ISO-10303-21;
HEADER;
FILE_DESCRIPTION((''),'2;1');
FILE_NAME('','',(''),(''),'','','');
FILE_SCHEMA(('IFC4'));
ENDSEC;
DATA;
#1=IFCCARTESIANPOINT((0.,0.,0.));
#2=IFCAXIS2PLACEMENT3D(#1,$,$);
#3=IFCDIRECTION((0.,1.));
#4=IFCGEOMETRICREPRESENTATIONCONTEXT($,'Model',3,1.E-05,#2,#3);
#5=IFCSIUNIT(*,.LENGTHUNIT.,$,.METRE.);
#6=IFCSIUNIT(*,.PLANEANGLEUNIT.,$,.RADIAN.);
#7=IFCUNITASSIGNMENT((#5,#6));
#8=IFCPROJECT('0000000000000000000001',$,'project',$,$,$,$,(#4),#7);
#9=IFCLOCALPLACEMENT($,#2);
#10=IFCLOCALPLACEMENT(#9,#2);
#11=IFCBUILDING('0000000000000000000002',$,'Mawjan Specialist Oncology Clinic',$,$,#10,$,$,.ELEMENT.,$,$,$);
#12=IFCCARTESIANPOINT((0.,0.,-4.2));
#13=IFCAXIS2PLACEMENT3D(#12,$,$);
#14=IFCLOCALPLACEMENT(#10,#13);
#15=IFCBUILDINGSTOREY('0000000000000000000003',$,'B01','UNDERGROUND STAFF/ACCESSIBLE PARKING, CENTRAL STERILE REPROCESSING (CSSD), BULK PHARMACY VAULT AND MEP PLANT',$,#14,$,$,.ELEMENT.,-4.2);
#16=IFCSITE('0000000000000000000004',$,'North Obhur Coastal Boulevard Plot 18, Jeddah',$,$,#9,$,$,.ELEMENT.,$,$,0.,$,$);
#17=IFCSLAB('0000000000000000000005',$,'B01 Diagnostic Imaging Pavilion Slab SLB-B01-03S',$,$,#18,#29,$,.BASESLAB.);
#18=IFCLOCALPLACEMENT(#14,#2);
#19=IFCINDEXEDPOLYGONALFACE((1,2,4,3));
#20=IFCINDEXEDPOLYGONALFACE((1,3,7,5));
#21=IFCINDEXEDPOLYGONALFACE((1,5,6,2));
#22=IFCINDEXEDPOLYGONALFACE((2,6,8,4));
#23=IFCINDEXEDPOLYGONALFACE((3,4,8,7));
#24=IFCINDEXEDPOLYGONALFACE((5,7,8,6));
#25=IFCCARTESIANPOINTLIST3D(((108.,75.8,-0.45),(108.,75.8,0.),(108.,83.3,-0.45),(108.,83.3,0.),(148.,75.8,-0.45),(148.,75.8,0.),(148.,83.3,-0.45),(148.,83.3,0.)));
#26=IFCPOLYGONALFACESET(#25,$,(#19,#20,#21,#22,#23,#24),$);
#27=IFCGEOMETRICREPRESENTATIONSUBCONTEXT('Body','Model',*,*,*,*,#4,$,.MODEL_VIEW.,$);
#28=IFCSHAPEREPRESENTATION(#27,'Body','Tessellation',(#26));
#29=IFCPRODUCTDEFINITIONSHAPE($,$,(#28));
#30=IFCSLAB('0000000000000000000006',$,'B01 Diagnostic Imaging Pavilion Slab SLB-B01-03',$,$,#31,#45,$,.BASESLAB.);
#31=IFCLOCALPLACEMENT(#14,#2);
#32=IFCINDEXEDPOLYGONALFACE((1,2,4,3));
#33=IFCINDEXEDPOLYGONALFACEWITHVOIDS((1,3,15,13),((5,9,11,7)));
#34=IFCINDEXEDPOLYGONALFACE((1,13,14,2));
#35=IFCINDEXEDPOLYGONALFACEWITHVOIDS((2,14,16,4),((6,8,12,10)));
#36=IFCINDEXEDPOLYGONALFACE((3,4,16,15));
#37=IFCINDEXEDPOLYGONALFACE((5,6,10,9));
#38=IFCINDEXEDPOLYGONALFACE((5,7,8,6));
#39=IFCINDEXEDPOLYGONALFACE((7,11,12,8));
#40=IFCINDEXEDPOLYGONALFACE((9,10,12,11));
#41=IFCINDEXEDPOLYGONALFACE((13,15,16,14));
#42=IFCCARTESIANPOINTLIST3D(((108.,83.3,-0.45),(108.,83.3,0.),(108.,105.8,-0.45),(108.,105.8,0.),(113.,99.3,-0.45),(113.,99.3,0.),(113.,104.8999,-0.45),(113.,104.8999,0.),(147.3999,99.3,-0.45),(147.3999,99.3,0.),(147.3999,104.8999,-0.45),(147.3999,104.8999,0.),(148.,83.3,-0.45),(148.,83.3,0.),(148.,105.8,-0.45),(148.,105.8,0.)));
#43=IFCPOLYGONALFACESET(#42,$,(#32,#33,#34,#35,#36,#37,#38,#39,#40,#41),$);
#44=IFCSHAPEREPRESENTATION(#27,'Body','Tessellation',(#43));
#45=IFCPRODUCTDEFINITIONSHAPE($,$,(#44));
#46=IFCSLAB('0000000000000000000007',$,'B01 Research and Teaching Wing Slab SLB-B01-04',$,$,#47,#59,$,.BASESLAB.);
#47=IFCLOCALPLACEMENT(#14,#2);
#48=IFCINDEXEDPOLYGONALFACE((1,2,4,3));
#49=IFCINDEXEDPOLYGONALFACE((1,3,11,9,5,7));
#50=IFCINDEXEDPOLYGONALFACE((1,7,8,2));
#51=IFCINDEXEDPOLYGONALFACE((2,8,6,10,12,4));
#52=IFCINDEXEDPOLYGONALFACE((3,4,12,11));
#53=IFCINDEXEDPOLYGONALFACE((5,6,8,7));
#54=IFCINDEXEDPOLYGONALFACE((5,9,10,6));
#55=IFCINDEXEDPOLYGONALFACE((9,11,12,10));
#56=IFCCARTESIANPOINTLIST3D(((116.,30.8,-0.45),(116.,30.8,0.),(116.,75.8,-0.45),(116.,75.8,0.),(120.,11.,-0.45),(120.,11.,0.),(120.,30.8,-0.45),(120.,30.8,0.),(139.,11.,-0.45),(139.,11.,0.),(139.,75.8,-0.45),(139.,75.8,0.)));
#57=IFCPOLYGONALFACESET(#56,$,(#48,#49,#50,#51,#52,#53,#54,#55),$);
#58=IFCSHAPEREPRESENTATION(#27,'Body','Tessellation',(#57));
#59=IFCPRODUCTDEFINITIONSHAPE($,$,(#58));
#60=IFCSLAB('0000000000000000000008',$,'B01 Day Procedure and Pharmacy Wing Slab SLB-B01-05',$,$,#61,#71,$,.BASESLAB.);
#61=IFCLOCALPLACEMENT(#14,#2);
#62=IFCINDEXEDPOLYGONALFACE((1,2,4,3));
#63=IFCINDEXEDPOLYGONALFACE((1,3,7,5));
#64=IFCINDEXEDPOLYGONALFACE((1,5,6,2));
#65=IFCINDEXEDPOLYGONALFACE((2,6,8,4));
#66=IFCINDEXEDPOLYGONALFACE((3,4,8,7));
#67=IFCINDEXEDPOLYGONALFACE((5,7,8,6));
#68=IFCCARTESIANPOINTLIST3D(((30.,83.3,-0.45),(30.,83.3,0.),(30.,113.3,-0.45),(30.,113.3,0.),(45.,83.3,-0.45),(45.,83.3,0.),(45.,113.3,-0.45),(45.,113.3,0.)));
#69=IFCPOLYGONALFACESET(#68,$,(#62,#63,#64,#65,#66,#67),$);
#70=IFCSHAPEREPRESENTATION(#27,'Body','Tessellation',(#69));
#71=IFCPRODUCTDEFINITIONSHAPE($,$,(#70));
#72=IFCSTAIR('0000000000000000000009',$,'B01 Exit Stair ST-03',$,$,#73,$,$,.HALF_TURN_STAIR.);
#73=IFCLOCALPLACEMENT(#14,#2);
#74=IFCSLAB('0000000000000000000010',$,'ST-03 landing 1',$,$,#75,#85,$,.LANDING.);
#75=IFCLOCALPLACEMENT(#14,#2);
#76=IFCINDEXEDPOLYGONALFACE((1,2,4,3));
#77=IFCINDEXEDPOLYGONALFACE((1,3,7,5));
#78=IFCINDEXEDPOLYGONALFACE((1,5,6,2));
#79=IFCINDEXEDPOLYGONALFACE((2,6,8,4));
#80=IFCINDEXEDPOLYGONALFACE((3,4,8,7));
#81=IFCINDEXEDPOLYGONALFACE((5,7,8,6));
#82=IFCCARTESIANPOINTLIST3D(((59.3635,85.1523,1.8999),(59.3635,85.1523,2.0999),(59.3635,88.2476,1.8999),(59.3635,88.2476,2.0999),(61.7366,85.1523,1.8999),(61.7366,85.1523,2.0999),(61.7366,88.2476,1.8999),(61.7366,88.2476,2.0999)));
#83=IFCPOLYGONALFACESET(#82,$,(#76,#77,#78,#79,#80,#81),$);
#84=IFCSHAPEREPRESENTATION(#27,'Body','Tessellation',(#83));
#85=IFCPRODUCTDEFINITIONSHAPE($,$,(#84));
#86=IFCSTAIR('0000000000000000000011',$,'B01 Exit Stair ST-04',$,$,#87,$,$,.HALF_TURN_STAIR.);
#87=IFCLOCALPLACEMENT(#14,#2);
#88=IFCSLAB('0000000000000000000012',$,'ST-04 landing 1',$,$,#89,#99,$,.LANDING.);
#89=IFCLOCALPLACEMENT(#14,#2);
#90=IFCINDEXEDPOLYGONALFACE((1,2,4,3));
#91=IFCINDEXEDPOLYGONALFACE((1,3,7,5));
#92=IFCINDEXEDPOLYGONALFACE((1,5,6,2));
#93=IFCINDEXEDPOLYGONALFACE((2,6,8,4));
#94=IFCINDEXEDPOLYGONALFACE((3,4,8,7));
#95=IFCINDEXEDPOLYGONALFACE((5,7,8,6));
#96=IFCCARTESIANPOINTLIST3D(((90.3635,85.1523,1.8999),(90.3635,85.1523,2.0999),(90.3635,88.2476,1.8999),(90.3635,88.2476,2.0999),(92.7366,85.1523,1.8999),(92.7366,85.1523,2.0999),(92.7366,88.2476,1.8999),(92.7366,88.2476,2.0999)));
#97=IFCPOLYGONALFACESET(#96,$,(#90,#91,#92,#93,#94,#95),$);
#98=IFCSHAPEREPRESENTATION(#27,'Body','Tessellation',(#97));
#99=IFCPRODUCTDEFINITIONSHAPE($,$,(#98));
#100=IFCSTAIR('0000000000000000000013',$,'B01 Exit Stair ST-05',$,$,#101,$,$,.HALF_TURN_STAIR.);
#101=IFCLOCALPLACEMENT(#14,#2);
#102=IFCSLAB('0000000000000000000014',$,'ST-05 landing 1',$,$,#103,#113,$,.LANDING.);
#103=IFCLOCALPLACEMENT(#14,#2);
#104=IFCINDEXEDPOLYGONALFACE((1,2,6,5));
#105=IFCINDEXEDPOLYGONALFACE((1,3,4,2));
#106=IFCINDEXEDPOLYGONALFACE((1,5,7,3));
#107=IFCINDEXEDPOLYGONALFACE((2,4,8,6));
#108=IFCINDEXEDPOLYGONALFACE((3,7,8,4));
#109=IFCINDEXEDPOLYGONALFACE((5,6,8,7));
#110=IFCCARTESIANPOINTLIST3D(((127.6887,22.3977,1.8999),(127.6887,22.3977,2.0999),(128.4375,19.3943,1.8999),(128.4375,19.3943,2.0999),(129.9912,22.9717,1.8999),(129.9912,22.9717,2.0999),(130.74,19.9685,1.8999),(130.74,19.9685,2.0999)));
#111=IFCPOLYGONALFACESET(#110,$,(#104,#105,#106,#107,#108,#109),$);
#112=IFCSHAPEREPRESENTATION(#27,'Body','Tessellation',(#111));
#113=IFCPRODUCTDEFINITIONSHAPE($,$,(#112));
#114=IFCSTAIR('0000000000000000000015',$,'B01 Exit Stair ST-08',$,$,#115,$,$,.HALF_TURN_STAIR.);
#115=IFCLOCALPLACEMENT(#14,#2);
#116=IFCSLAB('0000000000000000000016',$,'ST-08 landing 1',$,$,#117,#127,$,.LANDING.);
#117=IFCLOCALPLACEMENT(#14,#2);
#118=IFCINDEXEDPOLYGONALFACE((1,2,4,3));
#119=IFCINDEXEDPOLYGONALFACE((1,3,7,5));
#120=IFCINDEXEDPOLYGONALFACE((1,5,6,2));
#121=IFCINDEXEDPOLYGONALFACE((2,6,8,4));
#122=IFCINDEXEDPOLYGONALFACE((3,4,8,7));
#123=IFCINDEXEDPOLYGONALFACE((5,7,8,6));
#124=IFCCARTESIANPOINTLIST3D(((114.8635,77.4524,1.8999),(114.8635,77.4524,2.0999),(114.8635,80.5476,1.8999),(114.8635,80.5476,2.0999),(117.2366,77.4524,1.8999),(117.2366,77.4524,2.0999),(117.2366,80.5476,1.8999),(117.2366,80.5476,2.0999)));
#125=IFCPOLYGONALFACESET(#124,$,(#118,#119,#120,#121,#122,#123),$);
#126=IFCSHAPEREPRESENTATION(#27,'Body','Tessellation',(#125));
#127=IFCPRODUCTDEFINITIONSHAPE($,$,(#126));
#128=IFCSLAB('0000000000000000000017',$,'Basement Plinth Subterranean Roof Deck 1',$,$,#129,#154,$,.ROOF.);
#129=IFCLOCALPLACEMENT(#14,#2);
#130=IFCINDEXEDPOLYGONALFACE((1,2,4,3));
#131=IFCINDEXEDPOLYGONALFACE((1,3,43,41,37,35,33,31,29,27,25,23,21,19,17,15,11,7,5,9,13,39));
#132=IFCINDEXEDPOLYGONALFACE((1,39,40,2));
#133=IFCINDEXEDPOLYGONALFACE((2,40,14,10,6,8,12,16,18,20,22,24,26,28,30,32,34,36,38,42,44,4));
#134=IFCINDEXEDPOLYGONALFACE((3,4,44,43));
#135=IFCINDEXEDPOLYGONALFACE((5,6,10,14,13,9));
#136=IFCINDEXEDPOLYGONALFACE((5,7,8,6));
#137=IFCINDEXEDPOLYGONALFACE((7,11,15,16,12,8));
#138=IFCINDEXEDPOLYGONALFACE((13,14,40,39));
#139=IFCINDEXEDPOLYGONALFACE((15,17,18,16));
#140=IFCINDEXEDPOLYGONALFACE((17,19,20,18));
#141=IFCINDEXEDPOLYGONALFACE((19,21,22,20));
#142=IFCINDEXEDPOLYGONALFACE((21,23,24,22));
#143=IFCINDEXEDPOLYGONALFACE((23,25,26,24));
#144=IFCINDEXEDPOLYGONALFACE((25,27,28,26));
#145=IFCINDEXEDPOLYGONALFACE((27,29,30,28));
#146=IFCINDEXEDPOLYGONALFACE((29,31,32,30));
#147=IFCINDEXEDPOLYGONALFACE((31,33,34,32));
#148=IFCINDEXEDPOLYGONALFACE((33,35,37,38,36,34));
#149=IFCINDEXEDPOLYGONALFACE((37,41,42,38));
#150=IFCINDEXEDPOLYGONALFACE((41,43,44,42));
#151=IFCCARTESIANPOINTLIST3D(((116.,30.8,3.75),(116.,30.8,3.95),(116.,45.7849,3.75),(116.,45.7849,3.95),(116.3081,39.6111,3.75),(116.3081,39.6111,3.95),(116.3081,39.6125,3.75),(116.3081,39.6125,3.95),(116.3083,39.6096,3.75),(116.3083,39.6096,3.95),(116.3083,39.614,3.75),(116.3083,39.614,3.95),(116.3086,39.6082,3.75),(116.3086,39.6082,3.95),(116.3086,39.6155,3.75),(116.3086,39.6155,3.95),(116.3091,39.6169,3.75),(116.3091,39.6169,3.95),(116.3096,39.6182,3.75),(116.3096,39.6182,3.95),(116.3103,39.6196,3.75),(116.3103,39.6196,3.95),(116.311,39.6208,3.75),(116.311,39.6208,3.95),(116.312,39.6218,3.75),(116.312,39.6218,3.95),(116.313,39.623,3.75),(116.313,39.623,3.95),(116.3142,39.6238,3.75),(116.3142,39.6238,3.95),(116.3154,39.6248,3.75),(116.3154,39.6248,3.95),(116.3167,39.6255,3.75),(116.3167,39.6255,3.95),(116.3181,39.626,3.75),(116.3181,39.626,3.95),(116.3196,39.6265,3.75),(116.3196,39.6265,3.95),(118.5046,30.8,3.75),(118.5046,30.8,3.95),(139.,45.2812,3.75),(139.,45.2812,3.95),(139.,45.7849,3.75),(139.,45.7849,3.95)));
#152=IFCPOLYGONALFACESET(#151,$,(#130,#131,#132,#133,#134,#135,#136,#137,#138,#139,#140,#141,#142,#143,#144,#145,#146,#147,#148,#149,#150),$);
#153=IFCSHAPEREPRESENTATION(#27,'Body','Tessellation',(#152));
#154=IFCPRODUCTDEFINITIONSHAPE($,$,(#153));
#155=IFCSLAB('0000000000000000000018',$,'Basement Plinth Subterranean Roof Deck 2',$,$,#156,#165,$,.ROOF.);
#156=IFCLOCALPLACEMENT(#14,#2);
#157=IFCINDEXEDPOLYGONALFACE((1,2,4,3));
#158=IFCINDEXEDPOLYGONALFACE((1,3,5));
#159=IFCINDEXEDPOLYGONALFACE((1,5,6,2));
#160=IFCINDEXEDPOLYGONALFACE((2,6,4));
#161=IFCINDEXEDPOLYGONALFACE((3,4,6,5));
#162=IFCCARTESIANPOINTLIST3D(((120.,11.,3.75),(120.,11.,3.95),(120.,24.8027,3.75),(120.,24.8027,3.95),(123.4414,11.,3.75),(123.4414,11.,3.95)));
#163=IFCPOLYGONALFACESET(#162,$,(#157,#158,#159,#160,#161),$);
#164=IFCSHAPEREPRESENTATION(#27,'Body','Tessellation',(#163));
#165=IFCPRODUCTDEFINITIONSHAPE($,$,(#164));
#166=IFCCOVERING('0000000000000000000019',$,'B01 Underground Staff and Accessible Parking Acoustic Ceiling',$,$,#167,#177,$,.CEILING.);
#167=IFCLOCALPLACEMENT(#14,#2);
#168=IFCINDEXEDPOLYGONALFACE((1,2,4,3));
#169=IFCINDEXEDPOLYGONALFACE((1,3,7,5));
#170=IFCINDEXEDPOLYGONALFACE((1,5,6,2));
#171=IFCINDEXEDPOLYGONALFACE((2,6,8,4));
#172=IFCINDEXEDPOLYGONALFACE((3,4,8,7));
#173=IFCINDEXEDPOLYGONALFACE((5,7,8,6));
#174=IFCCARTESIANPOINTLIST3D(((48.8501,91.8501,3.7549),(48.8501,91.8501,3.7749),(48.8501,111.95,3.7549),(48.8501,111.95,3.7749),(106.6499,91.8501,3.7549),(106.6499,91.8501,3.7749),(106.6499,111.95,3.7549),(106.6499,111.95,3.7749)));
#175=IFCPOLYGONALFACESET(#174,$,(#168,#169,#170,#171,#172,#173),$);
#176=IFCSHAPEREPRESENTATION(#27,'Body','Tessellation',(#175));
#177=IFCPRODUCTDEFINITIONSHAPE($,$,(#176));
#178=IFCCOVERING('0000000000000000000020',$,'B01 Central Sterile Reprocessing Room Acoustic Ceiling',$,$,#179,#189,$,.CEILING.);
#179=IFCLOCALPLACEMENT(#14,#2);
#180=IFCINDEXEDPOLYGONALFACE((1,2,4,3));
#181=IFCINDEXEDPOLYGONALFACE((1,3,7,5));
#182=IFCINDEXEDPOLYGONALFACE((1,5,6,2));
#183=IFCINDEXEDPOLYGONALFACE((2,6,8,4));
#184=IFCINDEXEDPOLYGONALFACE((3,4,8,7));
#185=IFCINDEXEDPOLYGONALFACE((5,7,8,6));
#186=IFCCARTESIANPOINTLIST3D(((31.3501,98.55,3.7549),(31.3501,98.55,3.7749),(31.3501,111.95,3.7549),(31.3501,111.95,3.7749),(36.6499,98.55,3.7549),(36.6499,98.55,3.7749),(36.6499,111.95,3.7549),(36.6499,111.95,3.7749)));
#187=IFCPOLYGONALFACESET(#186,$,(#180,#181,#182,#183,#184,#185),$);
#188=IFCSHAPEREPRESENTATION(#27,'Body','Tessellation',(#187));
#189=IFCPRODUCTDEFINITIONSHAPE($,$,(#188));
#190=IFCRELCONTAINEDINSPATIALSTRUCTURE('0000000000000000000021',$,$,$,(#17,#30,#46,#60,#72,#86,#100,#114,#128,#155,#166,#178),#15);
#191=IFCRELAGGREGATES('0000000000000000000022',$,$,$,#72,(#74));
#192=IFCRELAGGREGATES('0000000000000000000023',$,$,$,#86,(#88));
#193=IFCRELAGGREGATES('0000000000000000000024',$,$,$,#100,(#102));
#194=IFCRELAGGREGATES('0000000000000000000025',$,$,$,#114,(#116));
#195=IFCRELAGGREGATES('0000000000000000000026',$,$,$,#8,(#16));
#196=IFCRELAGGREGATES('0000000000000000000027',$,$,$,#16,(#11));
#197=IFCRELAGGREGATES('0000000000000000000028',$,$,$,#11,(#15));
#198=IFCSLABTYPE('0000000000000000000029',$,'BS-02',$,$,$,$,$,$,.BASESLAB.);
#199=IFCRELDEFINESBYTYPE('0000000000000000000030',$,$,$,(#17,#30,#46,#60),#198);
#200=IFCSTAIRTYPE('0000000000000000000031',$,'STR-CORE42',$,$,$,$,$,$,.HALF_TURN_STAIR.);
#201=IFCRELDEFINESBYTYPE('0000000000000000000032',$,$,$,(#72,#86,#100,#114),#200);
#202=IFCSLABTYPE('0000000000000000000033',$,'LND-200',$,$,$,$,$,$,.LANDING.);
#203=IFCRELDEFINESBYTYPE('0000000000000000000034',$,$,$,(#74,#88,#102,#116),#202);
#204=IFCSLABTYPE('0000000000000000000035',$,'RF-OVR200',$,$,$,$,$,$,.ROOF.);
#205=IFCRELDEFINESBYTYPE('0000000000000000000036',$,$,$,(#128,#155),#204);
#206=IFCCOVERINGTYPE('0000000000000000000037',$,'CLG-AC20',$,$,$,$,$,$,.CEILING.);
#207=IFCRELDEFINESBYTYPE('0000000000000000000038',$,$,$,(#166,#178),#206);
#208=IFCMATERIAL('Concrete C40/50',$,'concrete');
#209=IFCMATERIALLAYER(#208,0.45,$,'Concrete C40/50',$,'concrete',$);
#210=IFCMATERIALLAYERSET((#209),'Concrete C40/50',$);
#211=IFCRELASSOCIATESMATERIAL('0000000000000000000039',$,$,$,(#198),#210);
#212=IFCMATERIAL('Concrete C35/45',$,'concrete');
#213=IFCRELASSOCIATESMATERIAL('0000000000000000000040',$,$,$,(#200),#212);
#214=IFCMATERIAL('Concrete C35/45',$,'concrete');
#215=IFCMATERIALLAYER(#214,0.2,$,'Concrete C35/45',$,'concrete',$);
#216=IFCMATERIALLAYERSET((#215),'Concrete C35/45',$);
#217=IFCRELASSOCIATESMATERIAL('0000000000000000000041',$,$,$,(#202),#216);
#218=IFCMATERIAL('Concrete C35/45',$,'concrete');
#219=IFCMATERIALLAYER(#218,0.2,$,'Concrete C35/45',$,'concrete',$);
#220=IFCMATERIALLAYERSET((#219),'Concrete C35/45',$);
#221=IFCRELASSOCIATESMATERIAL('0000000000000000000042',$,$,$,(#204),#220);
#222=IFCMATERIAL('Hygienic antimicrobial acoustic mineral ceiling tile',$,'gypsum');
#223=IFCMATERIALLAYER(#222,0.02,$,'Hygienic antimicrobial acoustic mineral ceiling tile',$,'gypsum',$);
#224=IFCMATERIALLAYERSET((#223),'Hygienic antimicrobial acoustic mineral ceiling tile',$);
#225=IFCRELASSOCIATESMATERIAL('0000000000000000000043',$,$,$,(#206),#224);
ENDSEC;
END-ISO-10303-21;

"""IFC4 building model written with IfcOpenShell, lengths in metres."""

from ifc_helpers import new_model, si_unit, direction, frame, origin, place, context, subcontext, project, spatial, polyline, outline, extrude, material, layer, layer_set, type_object, element, aggregate, save


model = new_model("IFC4")

# Units and contexts
model_context = context("Model", 3, precision=1e-05, world=origin(), true_north=direction((0.0, 1.0)))
body_context = subcontext(model_context, "Body", "Model", "MODEL_VIEW")
ifc_project = project(units=[si_unit("LENGTHUNIT", "METRE"), si_unit("PLANEANGLEUNIT", "RADIAN")], contexts=[model_context])

# Site, building, storey
site_placement = place(None, origin())
site = spatial("IfcSite", under=ifc_project, at=site_placement, Name="North Obhur Coastal Boulevard Plot 18, Jeddah", CompositionType="ELEMENT", RefElevation=0.0)
building_placement = place(site_placement, origin())
building = spatial("IfcBuilding", under=site, at=building_placement, Name="Mawjan Specialist Oncology Clinic", CompositionType="ELEMENT")
storey_placement = place(building_placement, frame((0.0, 0.0, -4.2)))
storey = spatial("IfcBuildingStorey", under=building, at=storey_placement, Name="B01", Description="UNDERGROUND STAFF/ACCESSIBLE PARKING, CENTRAL STERILE REPROCESSING (CSSD), BULK PHARMACY VAULT AND MEP PLANT", CompositionType="ELEMENT", Elevation=-4.2)

# Slabs
ifc_material_1 = material(Name="Concrete C40/50", Category="concrete")
ifc_layer_1 = layer(ifc_material_1, 0.45, Name="Concrete C40/50", Category="concrete")
ifc_layer_set_1 = layer_set([ifc_layer_1], Name="Concrete C40/50")
slab_type_1 = type_object("IfcSlabType", Name="BS-02", PredefinedType="BASESLAB", material=ifc_layer_set_1)
slab_1_placement = place(storey_placement, frame((0.0, 0.0, -0.45)))
element("IfcSlab", 1, at=slab_1_placement, inside=storey, type_object=slab_type_1, Name="B01 Diagnostic Imaging Pavilion Slab SLB-B01-03S", PredefinedType="BASESLAB", context=body_context, shape_type="SweptSolid", body=[
    extrude(outline(polyline([(108.0, 75.8), (148.0, 75.8), (148.0, 83.3), (108.0, 83.3), (108.0, 75.8)])), origin(), (0.0, 0.0, 1.0), 0.45),
])
slab_2_placement = place(storey_placement, frame((0.0, 0.0, -0.45)))
element("IfcSlab", 2, at=slab_2_placement, inside=storey, type_object=slab_type_1, Name="B01 Diagnostic Imaging Pavilion Slab SLB-B01-03", PredefinedType="BASESLAB", context=body_context, shape_type="SweptSolid", body=[
    extrude(outline(polyline([(108.0, 83.3), (148.0, 83.3), (148.0, 105.8), (108.0, 105.8), (108.0, 83.3)]), holes=[polyline([(113.0, 99.3), (147.3999, 99.3), (147.3999, 104.8999), (113.0, 104.8999), (113.0, 99.3)])]), origin(), (0.0, 0.0, 1.0), 0.45),
])
slab_3_placement = place(storey_placement, frame((0.0, 0.0, -0.45)))
element("IfcSlab", 3, at=slab_3_placement, inside=storey, type_object=slab_type_1, Name="B01 Research and Teaching Wing Slab SLB-B01-04", PredefinedType="BASESLAB", context=body_context, shape_type="SweptSolid", body=[
    extrude(outline(polyline([(116.0, 30.8), (120.0, 30.8), (120.0, 11.0), (139.0, 11.0), (139.0, 75.8), (116.0, 75.8), (116.0, 30.8)])), origin(), (0.0, 0.0, 1.0), 0.45),
])
slab_4_placement = place(storey_placement, frame((0.0, 0.0, -0.45)))
element("IfcSlab", 4, at=slab_4_placement, inside=storey, type_object=slab_type_1, Name="B01 Day Procedure and Pharmacy Wing Slab SLB-B01-05", PredefinedType="BASESLAB", context=body_context, shape_type="SweptSolid", body=[
    extrude(outline(polyline([(30.0, 83.3), (45.0, 83.3), (45.0, 113.3), (30.0, 113.3), (30.0, 83.3)])), origin(), (0.0, 0.0, 1.0), 0.45),
])

# Stairs, slabs
ifc_material_2 = material(Name="Concrete C35/45", Category="concrete")
stair_type = type_object("IfcStairType", Name="STR-CORE42", PredefinedType="HALF_TURN_STAIR", material=ifc_material_2)
stair_1_placement = place(storey_placement, origin())
stair_1 = element("IfcStair", 5, at=stair_1_placement, inside=storey, type_object=stair_type, Name="B01 Exit Stair ST-03", PredefinedType="HALF_TURN_STAIR")
ifc_material_3 = material(Name="Concrete C35/45", Category="concrete")
ifc_layer_2 = layer(ifc_material_3, 0.2, Name="Concrete C35/45", Category="concrete")
ifc_layer_set_2 = layer_set([ifc_layer_2], Name="Concrete C35/45")
slab_type_2 = type_object("IfcSlabType", Name="LND-200", PredefinedType="LANDING", material=ifc_layer_set_2)
slab_5_placement = place(storey_placement, frame((0.0, 0.0, 1.8999)))
slab_5 = element("IfcSlab", 6, at=slab_5_placement, type_object=slab_type_2, Name="ST-03 landing 1", PredefinedType="LANDING", context=body_context, shape_type="SweptSolid", body=[
    extrude(outline(polyline([(59.3635, 85.1523), (61.7366, 85.1523), (61.7366, 88.2476), (59.3635, 88.2476), (59.3635, 85.1523)])), origin(), (0.0, 0.0, 1.0), 0.2),
])
aggregate(stair_1, [slab_5])
stair_2_placement = place(storey_placement, origin())
stair_2 = element("IfcStair", 7, at=stair_2_placement, inside=storey, type_object=stair_type, Name="B01 Exit Stair ST-04", PredefinedType="HALF_TURN_STAIR")
slab_6_placement = place(storey_placement, frame((0.0, 0.0, 1.8999)))
slab_6 = element("IfcSlab", 8, at=slab_6_placement, type_object=slab_type_2, Name="ST-04 landing 1", PredefinedType="LANDING", context=body_context, shape_type="SweptSolid", body=[
    extrude(outline(polyline([(90.3635, 85.1523), (92.7366, 85.1523), (92.7366, 88.2476), (90.3635, 88.2476), (90.3635, 85.1523)])), origin(), (0.0, 0.0, 1.0), 0.2),
])
aggregate(stair_2, [slab_6])
stair_3_placement = place(storey_placement, origin())
stair_3 = element("IfcStair", 9, at=stair_3_placement, inside=storey, type_object=stair_type, Name="B01 Exit Stair ST-05", PredefinedType="HALF_TURN_STAIR")
slab_7_placement = place(storey_placement, frame((0.0, 0.0, 1.8999)))
slab_7 = element("IfcSlab", 10, at=slab_7_placement, type_object=slab_type_2, Name="ST-05 landing 1", PredefinedType="LANDING", context=body_context, shape_type="SweptSolid", body=[
    extrude(outline(polyline([(128.4375, 19.3943), (130.74, 19.9685), (129.9912, 22.9717), (127.6887, 22.3977), (128.4375, 19.3943)])), origin(), (0.0, 0.0, 1.0), 0.2),
])
aggregate(stair_3, [slab_7])
stair_4_placement = place(storey_placement, origin())
stair_4 = element("IfcStair", 11, at=stair_4_placement, inside=storey, type_object=stair_type, Name="B01 Exit Stair ST-08", PredefinedType="HALF_TURN_STAIR")
slab_8_placement = place(storey_placement, frame((0.0, 0.0, 1.8999)))
slab_8 = element("IfcSlab", 12, at=slab_8_placement, type_object=slab_type_2, Name="ST-08 landing 1", PredefinedType="LANDING", context=body_context, shape_type="SweptSolid", body=[
    extrude(outline(polyline([(114.8635, 77.4524), (117.2366, 77.4524), (117.2366, 80.5476), (114.8635, 80.5476), (114.8635, 77.4524)])), origin(), (0.0, 0.0, 1.0), 0.2),
])
aggregate(stair_4, [slab_8])

# Slabs
ifc_material_4 = material(Name="Concrete C35/45", Category="concrete")
ifc_layer_3 = layer(ifc_material_4, 0.2, Name="Concrete C35/45", Category="concrete")
ifc_layer_set_3 = layer_set([ifc_layer_3], Name="Concrete C35/45")
slab_type_3 = type_object("IfcSlabType", Name="RF-OVR200", PredefinedType="ROOF", material=ifc_layer_set_3)
slab_9_placement = place(storey_placement, frame((0.0, 0.0, 3.75)))
element("IfcSlab", 13, at=slab_9_placement, inside=storey, type_object=slab_type_3, Name="Basement Plinth Subterranean Roof Deck 1", PredefinedType="ROOF", context=body_context, shape_type="SweptSolid", body=[
    extrude(outline(polyline([(116.0, 30.8), (116.0, 45.7849), (139.0, 45.7849), (139.0, 45.2812), (116.3196, 39.6265), (116.3181, 39.626), (116.3167, 39.6255), (116.3154, 39.6248), (116.3142, 39.6238), (116.313, 39.623), (116.312, 39.6218), (116.311, 39.6208), (116.3103, 39.6196), (116.3096, 39.6182), (116.3091, 39.6169), (116.3086, 39.6155), (116.3083, 39.614), (116.3081, 39.6125), (116.3081, 39.6111), (116.3083, 39.6096), (116.3086, 39.6082), (118.5046, 30.8), (116.0, 30.8)])), origin(), (0.0, 0.0, 1.0), 0.2),
])
slab_10_placement = place(storey_placement, frame((0.0, 0.0, 3.75)))
element("IfcSlab", 14, at=slab_10_placement, inside=storey, type_object=slab_type_3, Name="Basement Plinth Subterranean Roof Deck 2", PredefinedType="ROOF", context=body_context, shape_type="SweptSolid", body=[
    extrude(outline(polyline([(120.0, 11.0), (120.0, 24.8027), (123.4414, 11.0), (120.0, 11.0)])), origin(), (0.0, 0.0, 1.0), 0.2),
])

# Coverings
ifc_material_5 = material(Name="Hygienic antimicrobial acoustic mineral ceiling tile", Category="gypsum")
ifc_layer_4 = layer(ifc_material_5, 0.02, Name="Hygienic antimicrobial acoustic mineral ceiling tile", Category="gypsum")
ifc_layer_set_4 = layer_set([ifc_layer_4], Name="Hygienic antimicrobial acoustic mineral ceiling tile")
covering_type_1 = type_object("IfcCoveringType", Name="CLG-AC20", PredefinedType="CEILING", material=ifc_layer_set_4)
covering_1_placement = place(storey_placement, frame((0.0, 0.0, 3.7549)))
element("IfcCovering", 15, at=covering_1_placement, inside=storey, type_object=covering_type_1, Name="B01 Underground Staff and Accessible Parking Acoustic Ceiling", PredefinedType="CEILING", context=body_context, shape_type="SweptSolid", body=[
    extrude(outline(polyline([(106.6499, 111.95), (106.6499, 91.8501), (48.8501, 91.8501), (48.8501, 111.95), (106.6499, 111.95)])), origin(), (0.0, 0.0, 1.0), 0.02),
])
covering_2_placement = place(storey_placement, frame((0.0, 0.0, 3.7549)))
element("IfcCovering", 16, at=covering_2_placement, inside=storey, type_object=covering_type_1, Name="B01 Central Sterile Reprocessing Room Acoustic Ceiling", PredefinedType="CEILING", context=body_context, shape_type="SweptSolid", body=[
    extrude(outline(polyline([(36.6499, 111.95), (36.6499, 98.55), (31.3501, 98.55), (31.3501, 111.95), (36.6499, 111.95)])), origin(), (0.0, 0.0, 1.0), 0.02),
])

save(model, "model.ifc")
